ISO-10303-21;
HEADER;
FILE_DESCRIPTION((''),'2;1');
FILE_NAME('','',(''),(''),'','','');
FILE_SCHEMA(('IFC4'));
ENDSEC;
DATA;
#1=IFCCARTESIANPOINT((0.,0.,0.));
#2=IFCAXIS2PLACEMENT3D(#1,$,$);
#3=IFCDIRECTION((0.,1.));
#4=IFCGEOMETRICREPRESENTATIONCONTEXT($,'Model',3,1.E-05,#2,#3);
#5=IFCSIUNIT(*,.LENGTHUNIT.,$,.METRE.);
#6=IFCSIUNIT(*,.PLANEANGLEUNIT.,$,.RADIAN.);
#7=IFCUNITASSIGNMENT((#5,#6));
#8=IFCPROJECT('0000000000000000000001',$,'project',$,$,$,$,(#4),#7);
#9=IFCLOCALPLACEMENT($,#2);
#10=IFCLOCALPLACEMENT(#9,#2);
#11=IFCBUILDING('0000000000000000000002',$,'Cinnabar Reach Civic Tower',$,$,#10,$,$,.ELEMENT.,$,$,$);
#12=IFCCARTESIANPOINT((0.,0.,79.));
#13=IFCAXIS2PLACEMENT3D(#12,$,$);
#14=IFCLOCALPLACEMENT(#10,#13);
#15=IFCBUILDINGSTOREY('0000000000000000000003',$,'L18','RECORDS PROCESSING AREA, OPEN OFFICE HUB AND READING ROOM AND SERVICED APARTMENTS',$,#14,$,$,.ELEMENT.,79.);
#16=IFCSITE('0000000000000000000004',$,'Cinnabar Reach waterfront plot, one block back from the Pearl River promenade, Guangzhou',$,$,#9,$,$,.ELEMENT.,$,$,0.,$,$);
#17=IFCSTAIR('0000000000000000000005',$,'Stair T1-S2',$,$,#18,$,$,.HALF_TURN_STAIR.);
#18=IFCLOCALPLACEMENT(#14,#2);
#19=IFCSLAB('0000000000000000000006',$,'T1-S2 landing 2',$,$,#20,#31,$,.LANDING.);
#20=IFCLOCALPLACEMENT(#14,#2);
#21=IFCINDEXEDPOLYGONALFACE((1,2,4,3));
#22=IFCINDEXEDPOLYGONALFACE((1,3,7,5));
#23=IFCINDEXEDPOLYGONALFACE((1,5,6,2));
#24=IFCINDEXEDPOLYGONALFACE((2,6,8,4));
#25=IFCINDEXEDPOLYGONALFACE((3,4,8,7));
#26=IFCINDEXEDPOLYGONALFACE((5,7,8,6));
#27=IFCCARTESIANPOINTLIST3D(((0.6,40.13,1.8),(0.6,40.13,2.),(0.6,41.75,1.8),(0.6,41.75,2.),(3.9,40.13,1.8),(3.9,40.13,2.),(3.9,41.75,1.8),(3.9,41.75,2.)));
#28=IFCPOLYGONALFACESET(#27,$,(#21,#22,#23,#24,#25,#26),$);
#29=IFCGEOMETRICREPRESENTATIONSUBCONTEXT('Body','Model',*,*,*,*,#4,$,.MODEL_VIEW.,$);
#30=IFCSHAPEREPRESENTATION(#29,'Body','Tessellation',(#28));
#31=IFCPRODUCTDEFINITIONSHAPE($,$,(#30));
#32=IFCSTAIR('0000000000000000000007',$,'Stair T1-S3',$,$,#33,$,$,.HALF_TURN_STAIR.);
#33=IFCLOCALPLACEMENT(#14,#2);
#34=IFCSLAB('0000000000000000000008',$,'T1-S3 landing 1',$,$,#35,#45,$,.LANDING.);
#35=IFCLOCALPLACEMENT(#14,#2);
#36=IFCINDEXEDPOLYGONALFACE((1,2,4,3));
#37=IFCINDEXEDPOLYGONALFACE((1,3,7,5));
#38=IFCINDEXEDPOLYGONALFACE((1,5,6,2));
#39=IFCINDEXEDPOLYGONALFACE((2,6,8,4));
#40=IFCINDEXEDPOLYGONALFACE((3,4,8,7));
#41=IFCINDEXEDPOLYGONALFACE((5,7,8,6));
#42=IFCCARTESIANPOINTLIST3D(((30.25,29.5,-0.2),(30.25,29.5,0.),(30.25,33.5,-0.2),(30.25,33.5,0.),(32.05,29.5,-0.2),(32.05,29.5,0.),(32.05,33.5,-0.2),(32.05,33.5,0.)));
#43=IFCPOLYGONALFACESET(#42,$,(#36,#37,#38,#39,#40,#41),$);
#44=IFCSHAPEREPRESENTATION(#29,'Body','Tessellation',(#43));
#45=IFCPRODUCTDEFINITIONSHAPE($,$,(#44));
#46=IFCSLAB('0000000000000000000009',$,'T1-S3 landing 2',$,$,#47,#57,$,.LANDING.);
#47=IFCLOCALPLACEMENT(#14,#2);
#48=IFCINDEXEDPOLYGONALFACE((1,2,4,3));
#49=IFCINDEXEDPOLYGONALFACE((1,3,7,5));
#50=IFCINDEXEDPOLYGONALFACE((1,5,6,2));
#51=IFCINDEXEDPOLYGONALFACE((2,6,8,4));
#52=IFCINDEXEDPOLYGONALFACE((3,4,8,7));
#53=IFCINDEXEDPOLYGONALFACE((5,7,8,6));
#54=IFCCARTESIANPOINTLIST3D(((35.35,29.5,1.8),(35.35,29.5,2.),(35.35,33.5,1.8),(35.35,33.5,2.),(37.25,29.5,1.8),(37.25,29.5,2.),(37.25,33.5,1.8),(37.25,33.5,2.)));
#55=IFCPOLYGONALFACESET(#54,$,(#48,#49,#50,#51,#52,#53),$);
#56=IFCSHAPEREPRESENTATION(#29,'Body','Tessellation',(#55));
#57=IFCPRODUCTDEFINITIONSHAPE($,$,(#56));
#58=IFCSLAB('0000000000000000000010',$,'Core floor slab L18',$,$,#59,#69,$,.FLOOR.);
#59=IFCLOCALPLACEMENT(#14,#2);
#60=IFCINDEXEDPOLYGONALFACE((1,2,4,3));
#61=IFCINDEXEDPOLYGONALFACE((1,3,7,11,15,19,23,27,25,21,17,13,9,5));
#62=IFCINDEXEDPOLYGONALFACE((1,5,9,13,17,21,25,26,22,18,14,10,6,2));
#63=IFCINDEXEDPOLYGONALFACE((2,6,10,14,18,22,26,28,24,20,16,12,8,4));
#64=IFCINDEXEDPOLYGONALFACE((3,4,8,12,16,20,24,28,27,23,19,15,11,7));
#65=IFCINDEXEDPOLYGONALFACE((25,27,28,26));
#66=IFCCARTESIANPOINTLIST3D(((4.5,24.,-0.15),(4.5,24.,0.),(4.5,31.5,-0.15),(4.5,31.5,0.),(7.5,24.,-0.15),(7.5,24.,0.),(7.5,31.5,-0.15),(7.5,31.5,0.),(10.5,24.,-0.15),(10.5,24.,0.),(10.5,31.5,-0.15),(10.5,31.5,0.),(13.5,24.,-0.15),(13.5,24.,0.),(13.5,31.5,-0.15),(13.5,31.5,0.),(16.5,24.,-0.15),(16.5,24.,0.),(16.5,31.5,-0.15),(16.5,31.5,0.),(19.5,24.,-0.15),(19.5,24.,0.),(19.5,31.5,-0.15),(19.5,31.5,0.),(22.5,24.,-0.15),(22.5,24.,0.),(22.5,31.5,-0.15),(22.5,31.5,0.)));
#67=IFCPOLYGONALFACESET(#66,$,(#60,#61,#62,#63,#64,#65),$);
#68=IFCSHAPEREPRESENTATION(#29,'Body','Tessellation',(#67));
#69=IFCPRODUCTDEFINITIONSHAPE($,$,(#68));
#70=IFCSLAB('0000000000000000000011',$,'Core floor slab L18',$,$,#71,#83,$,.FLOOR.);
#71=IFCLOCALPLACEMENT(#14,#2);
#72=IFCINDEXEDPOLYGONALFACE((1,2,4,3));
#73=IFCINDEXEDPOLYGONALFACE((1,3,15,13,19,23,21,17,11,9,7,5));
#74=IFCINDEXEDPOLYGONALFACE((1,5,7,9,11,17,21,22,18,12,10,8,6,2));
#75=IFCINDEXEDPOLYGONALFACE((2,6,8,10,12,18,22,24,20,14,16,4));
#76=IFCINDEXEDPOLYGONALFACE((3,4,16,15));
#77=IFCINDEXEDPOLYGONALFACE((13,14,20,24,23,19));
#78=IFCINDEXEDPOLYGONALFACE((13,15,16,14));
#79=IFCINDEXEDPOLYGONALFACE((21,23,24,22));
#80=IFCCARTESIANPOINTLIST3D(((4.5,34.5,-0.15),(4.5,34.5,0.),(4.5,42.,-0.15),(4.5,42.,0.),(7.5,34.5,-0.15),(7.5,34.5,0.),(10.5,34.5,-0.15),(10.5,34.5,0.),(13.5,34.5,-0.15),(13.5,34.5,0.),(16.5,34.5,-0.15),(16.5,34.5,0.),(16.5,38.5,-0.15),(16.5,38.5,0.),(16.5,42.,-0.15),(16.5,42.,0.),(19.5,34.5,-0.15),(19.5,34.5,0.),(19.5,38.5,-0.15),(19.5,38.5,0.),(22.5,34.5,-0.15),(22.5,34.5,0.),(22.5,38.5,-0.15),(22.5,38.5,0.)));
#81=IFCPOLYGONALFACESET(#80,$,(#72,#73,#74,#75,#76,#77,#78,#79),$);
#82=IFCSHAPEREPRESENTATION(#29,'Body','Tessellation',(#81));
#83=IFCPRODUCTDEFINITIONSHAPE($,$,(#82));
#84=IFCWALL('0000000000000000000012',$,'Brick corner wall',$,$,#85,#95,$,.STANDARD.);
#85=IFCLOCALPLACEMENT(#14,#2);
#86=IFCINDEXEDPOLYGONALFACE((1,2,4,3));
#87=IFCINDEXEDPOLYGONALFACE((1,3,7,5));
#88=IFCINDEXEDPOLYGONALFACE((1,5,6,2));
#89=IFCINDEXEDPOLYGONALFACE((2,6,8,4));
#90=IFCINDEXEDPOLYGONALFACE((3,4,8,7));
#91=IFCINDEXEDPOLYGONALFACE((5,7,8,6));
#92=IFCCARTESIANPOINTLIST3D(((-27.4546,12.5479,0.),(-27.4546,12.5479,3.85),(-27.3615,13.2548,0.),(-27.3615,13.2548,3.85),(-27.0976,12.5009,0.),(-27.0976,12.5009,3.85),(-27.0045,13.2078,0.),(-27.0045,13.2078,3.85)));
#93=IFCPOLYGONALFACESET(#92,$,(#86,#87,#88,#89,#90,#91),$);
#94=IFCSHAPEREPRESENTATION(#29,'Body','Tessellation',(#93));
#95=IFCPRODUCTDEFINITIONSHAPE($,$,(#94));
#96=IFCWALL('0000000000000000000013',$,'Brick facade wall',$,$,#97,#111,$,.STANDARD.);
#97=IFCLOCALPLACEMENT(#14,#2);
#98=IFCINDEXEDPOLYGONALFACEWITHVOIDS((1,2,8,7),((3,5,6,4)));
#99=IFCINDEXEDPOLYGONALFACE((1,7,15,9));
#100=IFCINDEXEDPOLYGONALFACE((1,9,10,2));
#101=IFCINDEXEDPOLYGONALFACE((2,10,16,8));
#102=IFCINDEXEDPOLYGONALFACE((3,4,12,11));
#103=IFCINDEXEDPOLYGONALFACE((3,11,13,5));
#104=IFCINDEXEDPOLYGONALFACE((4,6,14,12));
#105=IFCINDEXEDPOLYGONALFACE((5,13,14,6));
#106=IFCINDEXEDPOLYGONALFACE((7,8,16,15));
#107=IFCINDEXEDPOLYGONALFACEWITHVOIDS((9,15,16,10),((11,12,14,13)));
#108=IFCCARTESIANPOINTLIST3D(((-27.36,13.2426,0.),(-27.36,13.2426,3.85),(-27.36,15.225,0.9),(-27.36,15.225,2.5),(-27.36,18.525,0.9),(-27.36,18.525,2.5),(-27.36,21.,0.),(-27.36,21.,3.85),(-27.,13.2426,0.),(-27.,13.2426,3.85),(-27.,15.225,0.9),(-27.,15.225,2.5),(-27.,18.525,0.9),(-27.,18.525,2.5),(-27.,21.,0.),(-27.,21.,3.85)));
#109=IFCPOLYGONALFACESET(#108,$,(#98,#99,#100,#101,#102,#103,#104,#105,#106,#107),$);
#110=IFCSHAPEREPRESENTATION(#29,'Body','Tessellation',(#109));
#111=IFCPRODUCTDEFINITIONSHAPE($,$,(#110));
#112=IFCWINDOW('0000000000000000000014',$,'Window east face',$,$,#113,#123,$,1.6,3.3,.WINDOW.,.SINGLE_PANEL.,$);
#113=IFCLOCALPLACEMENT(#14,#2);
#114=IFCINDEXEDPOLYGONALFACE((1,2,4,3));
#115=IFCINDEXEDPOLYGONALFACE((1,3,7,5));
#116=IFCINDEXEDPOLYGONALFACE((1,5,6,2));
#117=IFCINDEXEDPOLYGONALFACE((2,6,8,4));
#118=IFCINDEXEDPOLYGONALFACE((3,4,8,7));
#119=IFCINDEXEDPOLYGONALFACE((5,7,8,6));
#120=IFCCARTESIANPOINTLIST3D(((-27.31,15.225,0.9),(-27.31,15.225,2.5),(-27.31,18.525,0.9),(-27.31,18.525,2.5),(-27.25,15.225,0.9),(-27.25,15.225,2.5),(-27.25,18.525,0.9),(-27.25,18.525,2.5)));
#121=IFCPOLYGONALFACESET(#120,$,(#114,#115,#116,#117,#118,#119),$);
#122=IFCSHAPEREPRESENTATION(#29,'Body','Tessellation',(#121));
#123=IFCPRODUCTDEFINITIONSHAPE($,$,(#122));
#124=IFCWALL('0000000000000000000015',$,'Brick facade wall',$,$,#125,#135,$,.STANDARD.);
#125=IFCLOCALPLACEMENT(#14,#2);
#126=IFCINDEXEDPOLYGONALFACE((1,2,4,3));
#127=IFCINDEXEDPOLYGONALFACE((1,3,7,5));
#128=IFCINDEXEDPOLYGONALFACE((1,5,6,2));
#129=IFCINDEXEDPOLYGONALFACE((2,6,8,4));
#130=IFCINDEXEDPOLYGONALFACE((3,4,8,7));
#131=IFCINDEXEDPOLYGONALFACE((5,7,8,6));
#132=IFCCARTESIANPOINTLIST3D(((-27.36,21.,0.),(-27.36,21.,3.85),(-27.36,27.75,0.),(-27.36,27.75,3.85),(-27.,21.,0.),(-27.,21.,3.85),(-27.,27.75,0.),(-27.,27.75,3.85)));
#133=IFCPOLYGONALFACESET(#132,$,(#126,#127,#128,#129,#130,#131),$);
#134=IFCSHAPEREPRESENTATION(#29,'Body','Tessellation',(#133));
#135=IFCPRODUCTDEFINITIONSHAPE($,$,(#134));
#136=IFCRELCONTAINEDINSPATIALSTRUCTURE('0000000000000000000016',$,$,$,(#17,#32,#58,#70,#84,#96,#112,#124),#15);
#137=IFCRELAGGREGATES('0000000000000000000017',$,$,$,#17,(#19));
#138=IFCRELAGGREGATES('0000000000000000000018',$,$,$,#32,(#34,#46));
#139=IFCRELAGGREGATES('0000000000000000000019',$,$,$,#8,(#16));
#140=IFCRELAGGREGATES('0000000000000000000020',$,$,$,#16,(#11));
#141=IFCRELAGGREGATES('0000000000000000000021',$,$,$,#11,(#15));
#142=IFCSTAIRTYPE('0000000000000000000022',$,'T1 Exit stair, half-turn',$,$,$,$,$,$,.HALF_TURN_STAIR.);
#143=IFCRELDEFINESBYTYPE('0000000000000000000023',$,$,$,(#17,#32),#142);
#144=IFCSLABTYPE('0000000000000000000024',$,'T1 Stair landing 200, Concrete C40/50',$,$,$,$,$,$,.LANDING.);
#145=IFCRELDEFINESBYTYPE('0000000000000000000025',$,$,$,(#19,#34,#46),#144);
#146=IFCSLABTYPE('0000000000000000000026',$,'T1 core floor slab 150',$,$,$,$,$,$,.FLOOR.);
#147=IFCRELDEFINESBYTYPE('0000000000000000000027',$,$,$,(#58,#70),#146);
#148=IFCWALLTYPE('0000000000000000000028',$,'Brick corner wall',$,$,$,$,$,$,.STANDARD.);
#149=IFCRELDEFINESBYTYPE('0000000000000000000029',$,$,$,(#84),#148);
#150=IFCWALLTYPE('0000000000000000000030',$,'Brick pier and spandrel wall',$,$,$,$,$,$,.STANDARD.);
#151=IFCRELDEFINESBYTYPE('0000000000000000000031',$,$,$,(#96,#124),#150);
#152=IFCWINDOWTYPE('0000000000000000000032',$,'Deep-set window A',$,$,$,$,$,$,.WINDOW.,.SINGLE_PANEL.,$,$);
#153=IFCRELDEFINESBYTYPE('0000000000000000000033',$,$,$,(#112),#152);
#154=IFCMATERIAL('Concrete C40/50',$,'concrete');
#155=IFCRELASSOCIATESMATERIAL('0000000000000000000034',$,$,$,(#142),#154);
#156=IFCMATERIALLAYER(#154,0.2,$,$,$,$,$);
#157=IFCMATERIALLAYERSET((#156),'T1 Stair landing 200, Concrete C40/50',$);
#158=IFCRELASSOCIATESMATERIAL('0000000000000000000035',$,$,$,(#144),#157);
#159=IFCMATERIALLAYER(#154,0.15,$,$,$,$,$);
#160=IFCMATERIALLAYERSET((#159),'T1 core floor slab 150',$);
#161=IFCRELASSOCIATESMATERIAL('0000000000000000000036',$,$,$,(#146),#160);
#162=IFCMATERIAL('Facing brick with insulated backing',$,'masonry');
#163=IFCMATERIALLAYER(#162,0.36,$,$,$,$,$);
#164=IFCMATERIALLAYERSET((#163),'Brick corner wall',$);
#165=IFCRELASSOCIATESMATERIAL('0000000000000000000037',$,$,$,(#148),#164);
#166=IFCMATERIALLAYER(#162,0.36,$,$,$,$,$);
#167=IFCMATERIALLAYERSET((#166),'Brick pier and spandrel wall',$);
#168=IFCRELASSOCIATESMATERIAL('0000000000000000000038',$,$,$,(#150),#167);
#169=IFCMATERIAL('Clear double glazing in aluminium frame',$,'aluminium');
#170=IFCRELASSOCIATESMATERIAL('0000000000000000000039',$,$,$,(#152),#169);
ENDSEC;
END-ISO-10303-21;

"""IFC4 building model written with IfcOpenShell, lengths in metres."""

from ifc_helpers import new_model, si_unit, direction, frame, frame_2d, origin, place, context, subcontext, project, spatial, polyline, rectangle, outline, extrude, material, layer, layer_set, type_object, element, fill, aggregate, save


model = new_model("IFC4")

# Units and contexts
model_context = context("Model", 3, precision=1e-05, world=origin(), true_north=direction((0.0, 1.0)))
body_context = subcontext(model_context, "Body", "Model", "MODEL_VIEW")
ifc_project = project(units=[si_unit("LENGTHUNIT", "METRE"), si_unit("PLANEANGLEUNIT", "RADIAN")], contexts=[model_context])

# Site, building, storey
site_placement = place(None, origin())
site = spatial("IfcSite", under=ifc_project, at=site_placement, Name="Cinnabar Reach waterfront plot, one block back from the Pearl River promenade, Guangzhou", CompositionType="ELEMENT", RefElevation=0.0)
building_placement = place(site_placement, origin())
building = spatial("IfcBuilding", under=site, at=building_placement, Name="Cinnabar Reach Civic Tower", CompositionType="ELEMENT")
storey_placement = place(building_placement, frame((0.0, 0.0, 79.0)))
storey = spatial("IfcBuildingStorey", under=building, at=storey_placement, Name="L18", Description="RECORDS PROCESSING AREA, OPEN OFFICE HUB AND READING ROOM AND SERVICED APARTMENTS", CompositionType="ELEMENT", Elevation=79.0)

# Stairs, slabs
ifc_material_1 = material(Name="Concrete C40/50", Category="concrete")
stair_type = type_object("IfcStairType", Name="T1 Exit stair, half-turn", PredefinedType="HALF_TURN_STAIR", material=ifc_material_1)
ifc_layer_1 = layer(ifc_material_1, 0.2)
ifc_layer_set_1 = layer_set([ifc_layer_1], Name="T1 Stair landing 200, Concrete C40/50")
slab_type_1 = type_object("IfcSlabType", Name="T1 Stair landing 200, Concrete C40/50", PredefinedType="LANDING", material=ifc_layer_set_1)
stair_1_placement = place(storey_placement, origin())
stair_1 = element("IfcStair", 1, at=stair_1_placement, inside=storey, type_object=stair_type, Name="Stair T1-S2", PredefinedType="HALF_TURN_STAIR")
slab_1_placement = place(storey_placement, frame((0.0, 0.0, 1.8)))
slab_1 = element("IfcSlab", 2, at=slab_1_placement, type_object=slab_type_1, Name="T1-S2 landing 2", PredefinedType="LANDING", context=body_context, shape_type="SweptSolid", body=[
    extrude(outline(polyline([(0.6, 40.13), (0.6, 41.75), (3.9, 41.75), (3.9, 40.13), (0.6, 40.13)])), origin(), (0.0, 0.0, 1.0), 0.2),
])
aggregate(stair_1, [slab_1])
stair_2_placement = place(storey_placement, origin())
stair_2 = element("IfcStair", 3, at=stair_2_placement, inside=storey, type_object=stair_type, Name="Stair T1-S3", PredefinedType="HALF_TURN_STAIR")
slab_2_placement = place(storey_placement, frame((0.0, 0.0, -0.2)))
slab_2 = element("IfcSlab", 4, at=slab_2_placement, type_object=slab_type_1, Name="T1-S3 landing 1", PredefinedType="LANDING", context=body_context, shape_type="SweptSolid", body=[
    extrude(outline(polyline([(30.25, 29.5), (32.05, 29.5), (32.05, 33.5), (30.25, 33.5), (30.25, 29.5)])), origin(), (0.0, 0.0, 1.0), 0.2),
])
slab_3_placement = place(storey_placement, frame((0.0, 0.0, 1.8)))
slab_3 = element("IfcSlab", 5, at=slab_3_placement, type_object=slab_type_1, Name="T1-S3 landing 2", PredefinedType="LANDING", context=body_context, shape_type="SweptSolid", body=[
    extrude(outline(polyline([(35.35, 29.5), (37.25, 29.5), (37.25, 33.5), (35.35, 33.5), (35.35, 29.5)])), origin(), (0.0, 0.0, 1.0), 0.2),
])
aggregate(stair_2, [slab_2, slab_3])

# Slabs
ifc_layer_2 = layer(ifc_material_1, 0.15)
ifc_layer_set_2 = layer_set([ifc_layer_2], Name="T1 core floor slab 150")
slab_type_2 = type_object("IfcSlabType", Name="T1 core floor slab 150", PredefinedType="FLOOR", material=ifc_layer_set_2)
slab_4_placement = place(storey_placement, frame((0.0, 0.0, -0.15)))
element("IfcSlab", 6, at=slab_4_placement, inside=storey, type_object=slab_type_2, Name="Core floor slab L18", PredefinedType="FLOOR", context=body_context, shape_type="SweptSolid", body=[
    extrude(outline(polyline([(22.5, 24.0), (19.5, 24.0), (16.5, 24.0), (13.5, 24.0), (10.5, 24.0), (7.5, 24.0), (4.5, 24.0), (4.5, 31.5), (7.5, 31.5), (10.5, 31.5), (13.5, 31.5), (16.5, 31.5), (19.5, 31.5), (22.5, 31.5), (22.5, 24.0)])), origin(), (0.0, 0.0, 1.0), 0.15),
])
slab_5_placement = place(storey_placement, frame((0.0, 0.0, -0.15)))
element("IfcSlab", 7, at=slab_5_placement, inside=storey, type_object=slab_type_2, Name="Core floor slab L18", PredefinedType="FLOOR", context=body_context, shape_type="SweptSolid", body=[
    extrude(outline(polyline([(22.5, 34.5), (19.5, 34.5), (16.5, 34.5), (13.5, 34.5), (10.5, 34.5), (7.5, 34.5), (4.5, 34.5), (4.5, 42.0), (16.5, 42.0), (16.5, 38.5), (19.5, 38.5), (22.5, 38.5), (22.5, 34.5)])), origin(), (0.0, 0.0, 1.0), 0.15),
])

# Wall
ifc_material_2 = material(Name="Facing brick with insulated backing", Category="masonry")
ifc_layer_3 = layer(ifc_material_2, 0.36)
ifc_layer_set_3 = layer_set([ifc_layer_3], Name="Brick corner wall")
wall_type_1 = type_object("IfcWallType", Name="Brick corner wall", PredefinedType="STANDARD", material=ifc_layer_set_3)
wall_1_placement = place(storey_placement, frame((-27.2761, 12.5244, 0.0), z_axis=(0.0, 0.0, 1.0), x_axis=(0.130556, 0.991441, 0.0)))
element("IfcWall", 8, at=wall_1_placement, inside=storey, type_object=wall_type_1, Name="Brick corner wall", PredefinedType="STANDARD", context=body_context, shape_type="SweptSolid", body=[
    extrude(rectangle(XDim=0.7131, YDim=0.36, at=frame_2d((0.3565, 0.0))), origin(), (0.0, 0.0, 1.0), 3.85),
])

# Wall, opening, window
ifc_layer_4 = layer(ifc_material_2, 0.36)
ifc_layer_set_4 = layer_set([ifc_layer_4], Name="Brick pier and spandrel wall")
wall_type_2 = type_object("IfcWallType", Name="Brick pier and spandrel wall", PredefinedType="STANDARD", material=ifc_layer_set_4)
wall_2_placement = place(storey_placement, frame((-27.18, 13.2426, 0.0), z_axis=(0.0, 0.0, 1.0), x_axis=(0.0, 1.0, 0.0)))
wall_2 = element("IfcWall", 9, at=wall_2_placement, inside=storey, type_object=wall_type_2, Name="Brick facade wall", PredefinedType="STANDARD", context=body_context, shape_type="SweptSolid", body=[
    extrude(rectangle(XDim=7.7574, YDim=0.36, at=frame_2d((3.8787, 0.0))), origin(), (0.0, 0.0, 1.0), 3.85),
])
opening_placement = place(wall_2_placement, frame((1.9824, 0.0, 0.9)))
opening = element("IfcOpeningElement", 10, at=opening_placement, cuts=wall_2, PredefinedType="OPENING", context=body_context, shape_type="SweptSolid", body=[
    extrude(rectangle(XDim=3.3, YDim=1.6, at=frame_2d((1.65, 0.8))), frame((0.0, 0.19, 0.0), z_axis=(0.0, -1.0, 0.0), x_axis=(1.0, 0.0, 0.0)), (0.0, 0.0, 1.0), 0.38),
])
ifc_material_3 = material(Name="Clear double glazing in aluminium frame", Category="aluminium")
window_type = type_object("IfcWindowType", Name="Deep-set window A", PartitioningType="SINGLE_PANEL", PredefinedType="WINDOW", material=ifc_material_3)
window_placement = place(opening_placement, origin())
window = element("IfcWindow", 11, at=window_placement, inside=storey, type_object=window_type, Name="Window east face", OverallHeight=1.6, OverallWidth=3.3, PartitioningType="SINGLE_PANEL", PredefinedType="WINDOW", context=body_context, shape_type="SweptSolid", body=[
    extrude(rectangle(XDim=3.3, YDim=1.6, at=frame_2d((1.65, 0.8))), frame((0.0, 0.13, 0.0), z_axis=(0.0, -1.0, 0.0), x_axis=(1.0, 0.0, 0.0)), (0.0, 0.0, 1.0), 0.06),
])
fill(opening, window)

# Wall
wall_3_placement = place(storey_placement, frame((-27.18, 21.0, 0.0), z_axis=(0.0, 0.0, 1.0), x_axis=(0.0, 1.0, 0.0)))
element("IfcWall", 12, at=wall_3_placement, inside=storey, type_object=wall_type_2, Name="Brick facade wall", PredefinedType="STANDARD", context=body_context, shape_type="SweptSolid", body=[
    extrude(rectangle(XDim=6.75, YDim=0.36, at=frame_2d((3.375, 0.0))), origin(), (0.0, 0.0, 1.0), 3.85),
])

save(model, "model.ifc")
